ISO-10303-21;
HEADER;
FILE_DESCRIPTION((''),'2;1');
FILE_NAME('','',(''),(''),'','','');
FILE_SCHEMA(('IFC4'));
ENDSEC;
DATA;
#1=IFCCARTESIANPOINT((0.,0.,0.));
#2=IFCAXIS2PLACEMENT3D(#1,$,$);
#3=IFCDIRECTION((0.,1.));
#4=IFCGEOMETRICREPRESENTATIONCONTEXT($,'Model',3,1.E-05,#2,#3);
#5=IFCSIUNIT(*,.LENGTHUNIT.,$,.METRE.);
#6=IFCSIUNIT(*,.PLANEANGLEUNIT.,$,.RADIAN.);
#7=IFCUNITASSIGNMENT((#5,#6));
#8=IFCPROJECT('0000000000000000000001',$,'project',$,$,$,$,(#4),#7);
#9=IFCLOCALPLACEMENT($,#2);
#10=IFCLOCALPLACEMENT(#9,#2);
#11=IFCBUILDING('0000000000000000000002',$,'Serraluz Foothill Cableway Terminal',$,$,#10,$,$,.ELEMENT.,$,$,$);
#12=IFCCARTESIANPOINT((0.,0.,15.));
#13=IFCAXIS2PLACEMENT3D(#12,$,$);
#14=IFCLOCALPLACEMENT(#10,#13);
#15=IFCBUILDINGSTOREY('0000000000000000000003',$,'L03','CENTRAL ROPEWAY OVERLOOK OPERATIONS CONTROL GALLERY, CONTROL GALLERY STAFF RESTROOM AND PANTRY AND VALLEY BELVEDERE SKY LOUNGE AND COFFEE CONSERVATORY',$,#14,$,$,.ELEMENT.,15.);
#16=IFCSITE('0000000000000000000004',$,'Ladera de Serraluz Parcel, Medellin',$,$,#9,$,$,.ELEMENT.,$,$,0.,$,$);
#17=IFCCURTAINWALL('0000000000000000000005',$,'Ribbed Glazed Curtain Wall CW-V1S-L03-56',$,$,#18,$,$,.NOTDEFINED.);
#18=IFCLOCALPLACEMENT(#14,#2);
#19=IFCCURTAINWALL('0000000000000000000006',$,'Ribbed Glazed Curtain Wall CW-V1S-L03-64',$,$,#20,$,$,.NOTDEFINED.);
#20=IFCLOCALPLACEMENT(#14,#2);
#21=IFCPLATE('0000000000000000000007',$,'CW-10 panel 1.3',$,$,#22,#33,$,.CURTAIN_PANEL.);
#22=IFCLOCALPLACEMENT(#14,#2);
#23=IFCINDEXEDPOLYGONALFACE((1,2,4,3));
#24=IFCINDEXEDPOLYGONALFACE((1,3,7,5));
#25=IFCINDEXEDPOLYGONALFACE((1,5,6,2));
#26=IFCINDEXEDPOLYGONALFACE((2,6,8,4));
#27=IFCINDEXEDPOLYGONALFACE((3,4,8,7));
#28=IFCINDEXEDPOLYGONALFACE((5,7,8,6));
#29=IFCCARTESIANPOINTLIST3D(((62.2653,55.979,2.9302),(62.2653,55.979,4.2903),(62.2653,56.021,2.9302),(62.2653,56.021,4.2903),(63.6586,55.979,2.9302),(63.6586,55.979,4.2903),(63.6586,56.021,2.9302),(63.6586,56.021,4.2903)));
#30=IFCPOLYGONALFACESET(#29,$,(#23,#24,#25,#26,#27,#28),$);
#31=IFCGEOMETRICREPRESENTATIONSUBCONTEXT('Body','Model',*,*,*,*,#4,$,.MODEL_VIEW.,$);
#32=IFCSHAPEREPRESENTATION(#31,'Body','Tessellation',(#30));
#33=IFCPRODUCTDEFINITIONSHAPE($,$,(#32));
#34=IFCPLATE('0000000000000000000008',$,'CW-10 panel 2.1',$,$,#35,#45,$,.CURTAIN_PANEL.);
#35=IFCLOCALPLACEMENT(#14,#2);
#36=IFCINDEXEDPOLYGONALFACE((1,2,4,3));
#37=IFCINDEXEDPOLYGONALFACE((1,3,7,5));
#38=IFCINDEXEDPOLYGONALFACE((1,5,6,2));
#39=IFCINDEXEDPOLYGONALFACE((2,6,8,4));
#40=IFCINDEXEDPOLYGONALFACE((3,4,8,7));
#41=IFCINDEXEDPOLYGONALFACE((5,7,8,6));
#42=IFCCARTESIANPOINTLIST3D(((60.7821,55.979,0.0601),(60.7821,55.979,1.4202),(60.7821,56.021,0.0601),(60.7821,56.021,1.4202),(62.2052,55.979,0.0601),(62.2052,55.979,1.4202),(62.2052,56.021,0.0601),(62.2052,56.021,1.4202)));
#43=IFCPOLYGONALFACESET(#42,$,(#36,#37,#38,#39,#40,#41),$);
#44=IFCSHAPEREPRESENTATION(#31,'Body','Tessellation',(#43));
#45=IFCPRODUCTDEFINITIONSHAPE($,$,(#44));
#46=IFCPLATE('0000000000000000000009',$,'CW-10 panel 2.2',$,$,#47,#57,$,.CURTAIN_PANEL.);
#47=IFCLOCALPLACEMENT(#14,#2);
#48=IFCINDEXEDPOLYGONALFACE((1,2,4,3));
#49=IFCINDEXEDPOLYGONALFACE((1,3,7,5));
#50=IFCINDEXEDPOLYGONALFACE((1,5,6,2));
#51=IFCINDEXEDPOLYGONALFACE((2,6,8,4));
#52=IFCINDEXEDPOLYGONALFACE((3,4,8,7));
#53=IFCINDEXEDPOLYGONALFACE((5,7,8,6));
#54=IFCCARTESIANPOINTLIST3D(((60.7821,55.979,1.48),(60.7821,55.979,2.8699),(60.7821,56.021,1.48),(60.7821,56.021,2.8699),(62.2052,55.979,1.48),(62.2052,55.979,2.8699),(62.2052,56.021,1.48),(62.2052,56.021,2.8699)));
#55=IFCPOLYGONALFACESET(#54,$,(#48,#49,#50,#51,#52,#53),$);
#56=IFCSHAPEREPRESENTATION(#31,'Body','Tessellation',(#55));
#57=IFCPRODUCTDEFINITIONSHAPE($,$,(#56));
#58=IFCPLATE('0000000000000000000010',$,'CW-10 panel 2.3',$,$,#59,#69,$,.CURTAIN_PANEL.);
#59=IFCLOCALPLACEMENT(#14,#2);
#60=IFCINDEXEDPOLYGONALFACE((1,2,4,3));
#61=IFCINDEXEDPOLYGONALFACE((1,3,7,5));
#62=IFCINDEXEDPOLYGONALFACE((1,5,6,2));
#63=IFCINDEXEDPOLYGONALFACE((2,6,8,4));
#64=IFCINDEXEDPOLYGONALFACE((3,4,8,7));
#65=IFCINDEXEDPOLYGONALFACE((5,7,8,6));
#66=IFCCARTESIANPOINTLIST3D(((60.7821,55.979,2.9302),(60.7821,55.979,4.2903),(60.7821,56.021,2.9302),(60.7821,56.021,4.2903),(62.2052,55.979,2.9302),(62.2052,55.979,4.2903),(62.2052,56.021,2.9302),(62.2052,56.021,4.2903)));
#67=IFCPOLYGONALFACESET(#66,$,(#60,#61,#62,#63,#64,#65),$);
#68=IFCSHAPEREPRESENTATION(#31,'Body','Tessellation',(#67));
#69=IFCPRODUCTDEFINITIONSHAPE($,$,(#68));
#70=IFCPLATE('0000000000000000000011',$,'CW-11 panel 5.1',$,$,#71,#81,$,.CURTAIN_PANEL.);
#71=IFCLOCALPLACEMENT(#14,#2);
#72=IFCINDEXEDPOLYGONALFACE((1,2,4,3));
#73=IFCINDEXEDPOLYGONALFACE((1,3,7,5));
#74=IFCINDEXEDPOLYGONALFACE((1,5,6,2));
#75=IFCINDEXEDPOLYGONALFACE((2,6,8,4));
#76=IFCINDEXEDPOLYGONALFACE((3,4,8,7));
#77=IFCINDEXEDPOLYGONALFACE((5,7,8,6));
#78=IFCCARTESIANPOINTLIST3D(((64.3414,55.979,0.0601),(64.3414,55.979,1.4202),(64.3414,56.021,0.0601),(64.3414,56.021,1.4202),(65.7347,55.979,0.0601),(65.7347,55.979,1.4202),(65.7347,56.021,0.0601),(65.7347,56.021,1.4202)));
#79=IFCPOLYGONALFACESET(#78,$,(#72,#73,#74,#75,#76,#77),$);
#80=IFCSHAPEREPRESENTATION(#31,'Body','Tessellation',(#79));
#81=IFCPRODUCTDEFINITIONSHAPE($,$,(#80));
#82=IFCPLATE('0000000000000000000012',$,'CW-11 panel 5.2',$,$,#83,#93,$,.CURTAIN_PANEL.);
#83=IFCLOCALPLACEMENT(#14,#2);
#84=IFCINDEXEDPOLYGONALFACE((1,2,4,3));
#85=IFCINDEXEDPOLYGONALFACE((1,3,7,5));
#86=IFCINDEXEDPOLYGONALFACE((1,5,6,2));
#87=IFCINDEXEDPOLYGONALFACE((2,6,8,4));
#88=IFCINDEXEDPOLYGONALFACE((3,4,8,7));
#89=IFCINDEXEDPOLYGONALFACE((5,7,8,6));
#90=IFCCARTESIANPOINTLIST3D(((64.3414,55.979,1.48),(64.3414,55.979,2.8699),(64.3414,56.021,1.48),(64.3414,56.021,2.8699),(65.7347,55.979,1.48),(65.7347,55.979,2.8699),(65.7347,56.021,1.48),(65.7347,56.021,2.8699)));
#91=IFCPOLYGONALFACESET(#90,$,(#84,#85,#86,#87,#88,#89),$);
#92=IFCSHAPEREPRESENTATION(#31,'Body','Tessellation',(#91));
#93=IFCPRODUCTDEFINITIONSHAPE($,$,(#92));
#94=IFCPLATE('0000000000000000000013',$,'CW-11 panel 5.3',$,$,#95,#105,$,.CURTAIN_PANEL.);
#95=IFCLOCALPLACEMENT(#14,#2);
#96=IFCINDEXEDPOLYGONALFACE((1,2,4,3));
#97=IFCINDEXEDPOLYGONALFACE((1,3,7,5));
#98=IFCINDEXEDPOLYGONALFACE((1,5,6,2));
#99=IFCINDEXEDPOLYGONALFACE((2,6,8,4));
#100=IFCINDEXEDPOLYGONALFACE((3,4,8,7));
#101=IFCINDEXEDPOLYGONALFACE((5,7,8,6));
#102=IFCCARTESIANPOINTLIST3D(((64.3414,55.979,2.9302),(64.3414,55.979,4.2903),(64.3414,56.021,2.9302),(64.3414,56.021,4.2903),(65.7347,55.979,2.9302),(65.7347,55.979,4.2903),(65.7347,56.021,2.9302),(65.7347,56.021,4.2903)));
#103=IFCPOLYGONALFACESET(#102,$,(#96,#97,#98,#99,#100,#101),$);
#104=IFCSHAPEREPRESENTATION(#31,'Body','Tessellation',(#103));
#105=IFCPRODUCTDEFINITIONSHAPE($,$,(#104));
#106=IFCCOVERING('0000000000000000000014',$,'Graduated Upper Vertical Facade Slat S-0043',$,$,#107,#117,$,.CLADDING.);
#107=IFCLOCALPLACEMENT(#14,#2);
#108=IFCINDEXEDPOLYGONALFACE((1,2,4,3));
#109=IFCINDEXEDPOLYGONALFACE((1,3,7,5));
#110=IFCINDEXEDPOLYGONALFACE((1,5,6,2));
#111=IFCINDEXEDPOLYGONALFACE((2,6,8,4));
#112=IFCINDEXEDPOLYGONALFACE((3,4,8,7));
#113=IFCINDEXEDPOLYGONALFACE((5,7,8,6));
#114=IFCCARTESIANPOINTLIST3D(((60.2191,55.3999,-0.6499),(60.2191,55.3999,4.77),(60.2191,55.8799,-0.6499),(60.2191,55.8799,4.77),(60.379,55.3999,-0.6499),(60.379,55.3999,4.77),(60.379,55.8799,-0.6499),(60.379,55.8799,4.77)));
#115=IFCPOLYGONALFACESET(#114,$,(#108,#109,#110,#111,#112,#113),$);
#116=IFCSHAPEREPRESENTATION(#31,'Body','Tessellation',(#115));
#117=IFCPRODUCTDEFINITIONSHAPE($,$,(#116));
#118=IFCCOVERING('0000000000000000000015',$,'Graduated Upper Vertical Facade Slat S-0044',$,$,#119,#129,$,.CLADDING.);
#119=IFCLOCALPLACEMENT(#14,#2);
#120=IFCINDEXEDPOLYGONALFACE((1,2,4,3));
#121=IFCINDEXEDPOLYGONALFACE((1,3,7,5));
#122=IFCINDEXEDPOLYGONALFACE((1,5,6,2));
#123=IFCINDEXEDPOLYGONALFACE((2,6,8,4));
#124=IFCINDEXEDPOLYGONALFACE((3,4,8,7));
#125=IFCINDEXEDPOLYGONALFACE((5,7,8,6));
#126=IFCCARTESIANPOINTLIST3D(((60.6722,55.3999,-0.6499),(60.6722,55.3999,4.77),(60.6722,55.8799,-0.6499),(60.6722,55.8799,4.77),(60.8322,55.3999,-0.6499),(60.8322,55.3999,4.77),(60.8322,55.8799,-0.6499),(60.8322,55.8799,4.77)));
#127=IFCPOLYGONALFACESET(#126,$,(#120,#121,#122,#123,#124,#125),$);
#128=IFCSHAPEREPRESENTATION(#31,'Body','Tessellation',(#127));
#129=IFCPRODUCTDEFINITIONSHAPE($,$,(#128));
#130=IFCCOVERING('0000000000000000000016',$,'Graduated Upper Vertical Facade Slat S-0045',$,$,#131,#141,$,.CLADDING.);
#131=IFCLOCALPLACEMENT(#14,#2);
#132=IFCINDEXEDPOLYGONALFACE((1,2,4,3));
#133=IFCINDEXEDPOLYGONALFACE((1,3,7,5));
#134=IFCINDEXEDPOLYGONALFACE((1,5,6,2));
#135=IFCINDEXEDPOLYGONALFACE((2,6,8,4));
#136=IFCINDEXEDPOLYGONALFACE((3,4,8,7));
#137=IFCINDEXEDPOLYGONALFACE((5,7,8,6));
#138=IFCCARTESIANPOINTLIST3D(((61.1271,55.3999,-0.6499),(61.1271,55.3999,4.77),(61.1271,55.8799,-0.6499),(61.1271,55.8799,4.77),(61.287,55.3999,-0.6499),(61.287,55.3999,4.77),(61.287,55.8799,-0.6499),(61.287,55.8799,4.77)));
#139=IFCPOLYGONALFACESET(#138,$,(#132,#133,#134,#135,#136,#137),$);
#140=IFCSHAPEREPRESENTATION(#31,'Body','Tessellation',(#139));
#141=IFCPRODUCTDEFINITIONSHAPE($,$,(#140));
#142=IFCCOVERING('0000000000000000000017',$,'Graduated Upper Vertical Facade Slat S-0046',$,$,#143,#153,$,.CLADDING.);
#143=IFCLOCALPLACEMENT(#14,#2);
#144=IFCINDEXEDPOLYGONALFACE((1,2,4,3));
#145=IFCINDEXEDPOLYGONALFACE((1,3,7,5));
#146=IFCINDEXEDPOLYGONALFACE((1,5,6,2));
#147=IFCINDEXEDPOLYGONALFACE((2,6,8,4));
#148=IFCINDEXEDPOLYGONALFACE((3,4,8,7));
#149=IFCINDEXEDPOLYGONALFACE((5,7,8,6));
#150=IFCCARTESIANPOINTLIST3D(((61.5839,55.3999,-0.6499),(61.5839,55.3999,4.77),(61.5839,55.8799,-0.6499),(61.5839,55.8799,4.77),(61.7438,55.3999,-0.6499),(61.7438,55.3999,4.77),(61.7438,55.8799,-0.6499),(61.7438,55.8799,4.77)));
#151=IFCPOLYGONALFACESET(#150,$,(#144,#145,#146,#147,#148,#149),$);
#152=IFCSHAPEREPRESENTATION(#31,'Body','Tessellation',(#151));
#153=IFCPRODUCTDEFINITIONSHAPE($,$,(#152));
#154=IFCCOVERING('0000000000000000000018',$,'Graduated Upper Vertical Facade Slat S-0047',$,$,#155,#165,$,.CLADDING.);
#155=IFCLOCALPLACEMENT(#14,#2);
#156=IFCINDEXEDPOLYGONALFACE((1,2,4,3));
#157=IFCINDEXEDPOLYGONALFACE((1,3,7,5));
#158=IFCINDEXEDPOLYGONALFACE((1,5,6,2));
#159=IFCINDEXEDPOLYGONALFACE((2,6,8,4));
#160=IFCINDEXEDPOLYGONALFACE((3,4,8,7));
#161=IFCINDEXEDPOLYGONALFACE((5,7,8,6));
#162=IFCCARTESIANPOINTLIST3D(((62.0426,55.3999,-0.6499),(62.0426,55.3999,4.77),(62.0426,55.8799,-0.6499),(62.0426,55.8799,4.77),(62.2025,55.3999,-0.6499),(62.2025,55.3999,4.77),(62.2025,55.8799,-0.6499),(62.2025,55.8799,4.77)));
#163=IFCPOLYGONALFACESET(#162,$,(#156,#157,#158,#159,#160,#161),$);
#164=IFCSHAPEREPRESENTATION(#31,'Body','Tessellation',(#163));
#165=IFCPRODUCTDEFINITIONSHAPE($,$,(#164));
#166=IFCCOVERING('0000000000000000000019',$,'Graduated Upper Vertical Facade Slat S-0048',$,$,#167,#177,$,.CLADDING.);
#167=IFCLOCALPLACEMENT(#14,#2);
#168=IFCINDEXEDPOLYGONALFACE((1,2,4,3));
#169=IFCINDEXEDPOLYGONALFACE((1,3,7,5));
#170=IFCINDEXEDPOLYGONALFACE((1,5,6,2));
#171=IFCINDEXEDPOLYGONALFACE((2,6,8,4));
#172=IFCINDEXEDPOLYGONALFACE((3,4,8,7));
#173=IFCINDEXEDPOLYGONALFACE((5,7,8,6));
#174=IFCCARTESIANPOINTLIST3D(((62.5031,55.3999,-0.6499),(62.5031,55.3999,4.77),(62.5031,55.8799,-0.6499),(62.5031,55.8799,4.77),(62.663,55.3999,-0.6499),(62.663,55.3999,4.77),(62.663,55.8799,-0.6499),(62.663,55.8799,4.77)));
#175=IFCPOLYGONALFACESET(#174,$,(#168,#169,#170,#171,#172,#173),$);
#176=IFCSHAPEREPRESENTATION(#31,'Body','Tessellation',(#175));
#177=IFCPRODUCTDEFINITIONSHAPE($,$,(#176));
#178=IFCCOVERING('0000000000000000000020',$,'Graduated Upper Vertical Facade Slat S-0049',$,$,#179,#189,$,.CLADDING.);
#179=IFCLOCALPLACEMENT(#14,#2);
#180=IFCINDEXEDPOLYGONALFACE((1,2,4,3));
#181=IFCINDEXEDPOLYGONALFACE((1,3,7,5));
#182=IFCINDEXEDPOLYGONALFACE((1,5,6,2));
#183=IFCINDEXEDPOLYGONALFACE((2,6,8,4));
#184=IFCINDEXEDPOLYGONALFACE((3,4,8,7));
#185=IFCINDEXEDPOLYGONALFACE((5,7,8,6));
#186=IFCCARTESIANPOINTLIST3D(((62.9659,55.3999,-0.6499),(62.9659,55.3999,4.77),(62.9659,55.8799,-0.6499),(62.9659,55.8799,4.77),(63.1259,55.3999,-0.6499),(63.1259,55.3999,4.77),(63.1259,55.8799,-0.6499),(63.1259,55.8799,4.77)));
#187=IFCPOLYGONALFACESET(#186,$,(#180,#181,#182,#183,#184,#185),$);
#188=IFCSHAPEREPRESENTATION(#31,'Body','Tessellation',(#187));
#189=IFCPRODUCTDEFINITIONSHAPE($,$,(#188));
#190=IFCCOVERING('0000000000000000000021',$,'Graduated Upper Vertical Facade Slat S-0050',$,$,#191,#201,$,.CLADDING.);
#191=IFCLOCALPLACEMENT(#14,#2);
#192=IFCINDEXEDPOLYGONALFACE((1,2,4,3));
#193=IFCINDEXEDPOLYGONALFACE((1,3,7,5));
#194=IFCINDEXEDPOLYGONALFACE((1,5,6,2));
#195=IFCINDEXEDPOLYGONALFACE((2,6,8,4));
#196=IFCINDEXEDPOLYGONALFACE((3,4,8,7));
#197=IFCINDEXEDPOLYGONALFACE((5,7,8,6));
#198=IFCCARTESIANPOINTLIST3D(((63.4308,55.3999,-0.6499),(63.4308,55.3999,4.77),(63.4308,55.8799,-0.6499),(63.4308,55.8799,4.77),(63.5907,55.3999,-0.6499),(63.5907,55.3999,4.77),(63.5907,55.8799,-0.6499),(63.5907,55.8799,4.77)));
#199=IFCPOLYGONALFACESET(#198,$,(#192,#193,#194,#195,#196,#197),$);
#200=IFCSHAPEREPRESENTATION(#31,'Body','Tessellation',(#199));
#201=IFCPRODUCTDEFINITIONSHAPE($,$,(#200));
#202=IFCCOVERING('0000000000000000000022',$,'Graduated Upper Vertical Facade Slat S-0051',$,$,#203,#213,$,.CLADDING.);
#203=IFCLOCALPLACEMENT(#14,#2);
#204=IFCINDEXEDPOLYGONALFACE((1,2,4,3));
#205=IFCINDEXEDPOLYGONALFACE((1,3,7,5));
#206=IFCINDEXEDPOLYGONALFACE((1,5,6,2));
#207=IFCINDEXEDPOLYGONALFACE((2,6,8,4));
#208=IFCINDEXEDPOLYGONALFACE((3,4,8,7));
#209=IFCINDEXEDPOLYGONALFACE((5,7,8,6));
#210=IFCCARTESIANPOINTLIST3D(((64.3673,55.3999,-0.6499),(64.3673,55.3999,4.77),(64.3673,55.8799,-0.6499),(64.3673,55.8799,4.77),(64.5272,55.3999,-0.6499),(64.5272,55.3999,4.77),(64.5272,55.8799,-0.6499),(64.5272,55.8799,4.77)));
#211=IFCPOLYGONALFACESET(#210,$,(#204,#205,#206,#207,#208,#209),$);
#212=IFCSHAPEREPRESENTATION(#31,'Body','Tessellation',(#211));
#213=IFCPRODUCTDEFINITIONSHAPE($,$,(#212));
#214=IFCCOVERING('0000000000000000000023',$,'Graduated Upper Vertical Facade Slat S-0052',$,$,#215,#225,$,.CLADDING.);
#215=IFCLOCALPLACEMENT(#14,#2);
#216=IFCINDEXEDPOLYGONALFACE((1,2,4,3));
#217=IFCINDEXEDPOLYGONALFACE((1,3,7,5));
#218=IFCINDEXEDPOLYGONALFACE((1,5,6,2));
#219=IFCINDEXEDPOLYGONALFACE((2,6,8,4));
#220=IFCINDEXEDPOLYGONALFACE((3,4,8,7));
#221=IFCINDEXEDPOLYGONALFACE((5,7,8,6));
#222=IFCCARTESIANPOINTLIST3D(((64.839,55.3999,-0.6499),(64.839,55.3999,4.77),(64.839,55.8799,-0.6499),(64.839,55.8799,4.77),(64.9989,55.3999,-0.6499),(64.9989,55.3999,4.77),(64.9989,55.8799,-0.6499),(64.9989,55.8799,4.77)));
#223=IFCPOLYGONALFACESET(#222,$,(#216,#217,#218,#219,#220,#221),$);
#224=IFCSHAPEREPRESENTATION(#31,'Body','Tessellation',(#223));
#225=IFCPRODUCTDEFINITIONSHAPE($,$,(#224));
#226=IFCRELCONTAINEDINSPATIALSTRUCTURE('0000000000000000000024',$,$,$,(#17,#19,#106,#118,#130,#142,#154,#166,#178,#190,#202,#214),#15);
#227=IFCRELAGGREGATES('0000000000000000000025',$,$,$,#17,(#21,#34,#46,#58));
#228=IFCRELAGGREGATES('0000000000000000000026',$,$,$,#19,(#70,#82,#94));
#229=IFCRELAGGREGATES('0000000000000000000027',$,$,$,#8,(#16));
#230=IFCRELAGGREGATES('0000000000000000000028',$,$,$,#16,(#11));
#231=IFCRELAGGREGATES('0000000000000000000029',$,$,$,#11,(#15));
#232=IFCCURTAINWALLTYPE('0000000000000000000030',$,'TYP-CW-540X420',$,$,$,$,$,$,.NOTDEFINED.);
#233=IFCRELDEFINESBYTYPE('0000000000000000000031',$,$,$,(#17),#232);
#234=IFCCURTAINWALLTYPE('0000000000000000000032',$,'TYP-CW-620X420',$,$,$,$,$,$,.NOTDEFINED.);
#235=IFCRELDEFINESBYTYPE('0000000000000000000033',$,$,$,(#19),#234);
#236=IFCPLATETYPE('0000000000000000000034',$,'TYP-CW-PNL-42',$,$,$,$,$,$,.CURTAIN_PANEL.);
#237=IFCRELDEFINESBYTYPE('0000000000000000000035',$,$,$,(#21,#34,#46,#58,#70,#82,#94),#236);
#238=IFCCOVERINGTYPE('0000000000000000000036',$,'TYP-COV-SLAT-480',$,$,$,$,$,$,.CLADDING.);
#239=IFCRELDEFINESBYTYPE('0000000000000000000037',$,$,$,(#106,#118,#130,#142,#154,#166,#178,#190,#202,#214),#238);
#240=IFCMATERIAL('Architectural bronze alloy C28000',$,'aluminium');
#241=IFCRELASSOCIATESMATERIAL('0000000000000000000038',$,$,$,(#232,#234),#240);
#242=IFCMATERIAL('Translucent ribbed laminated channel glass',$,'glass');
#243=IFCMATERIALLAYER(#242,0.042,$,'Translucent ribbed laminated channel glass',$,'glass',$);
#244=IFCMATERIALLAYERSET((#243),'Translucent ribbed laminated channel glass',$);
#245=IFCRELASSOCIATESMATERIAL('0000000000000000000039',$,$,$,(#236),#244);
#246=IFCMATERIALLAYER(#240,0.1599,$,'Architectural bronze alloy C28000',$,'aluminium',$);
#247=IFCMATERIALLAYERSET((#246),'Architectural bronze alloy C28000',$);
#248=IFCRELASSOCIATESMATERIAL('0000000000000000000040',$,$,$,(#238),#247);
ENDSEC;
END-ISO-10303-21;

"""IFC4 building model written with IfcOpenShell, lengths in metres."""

from ifc_helpers import new_model, si_unit, direction, frame, origin, origin_2d, place, context, subcontext, project, spatial, rectangle, extrude, material, layer, layer_set, type_object, element, aggregate, save


model = new_model("IFC4")

# Units and contexts
model_context = context("Model", 3, precision=1e-05, world=origin(), true_north=direction((0.0, 1.0)))
body_context = subcontext(model_context, "Body", "Model", "MODEL_VIEW")
ifc_project = project(units=[si_unit("LENGTHUNIT", "METRE"), si_unit("PLANEANGLEUNIT", "RADIAN")], contexts=[model_context])

# Site, building, storey
site_placement = place(None, origin())
site = spatial("IfcSite", under=ifc_project, at=site_placement, Name="Ladera de Serraluz Parcel, Medellin", CompositionType="ELEMENT", RefElevation=0.0)
building_placement = place(site_placement, origin())
building = spatial("IfcBuilding", under=site, at=building_placement, Name="Serraluz Foothill Cableway Terminal", CompositionType="ELEMENT")
storey_placement = place(building_placement, frame((0.0, 0.0, 15.0)))
storey = spatial("IfcBuildingStorey", under=building, at=storey_placement, Name="L03", Description="CENTRAL ROPEWAY OVERLOOK OPERATIONS CONTROL GALLERY, CONTROL GALLERY STAFF RESTROOM AND PANTRY AND VALLEY BELVEDERE SKY LOUNGE AND COFFEE CONSERVATORY", CompositionType="ELEMENT", Elevation=15.0)

# Curtain wall
ifc_material_1 = material(Name="Architectural bronze alloy C28000", Category="aluminium")
curtain_wall_type_1 = type_object("IfcCurtainWallType", Name="TYP-CW-540X420", PredefinedType="NOTDEFINED", material=ifc_material_1)
curtain_wall_1_placement = place(storey_placement, origin())
curtain_wall_1 = element("IfcCurtainWall", 1, at=curtain_wall_1_placement, inside=storey, type_object=curtain_wall_type_1, Name="Ribbed Glazed Curtain Wall CW-V1S-L03-56", PredefinedType="NOTDEFINED")

# Curtain wall
curtain_wall_type_2 = type_object("IfcCurtainWallType", Name="TYP-CW-620X420", PredefinedType="NOTDEFINED", material=ifc_material_1)
curtain_wall_2_placement = place(storey_placement, origin())
curtain_wall_2 = element("IfcCurtainWall", 2, at=curtain_wall_2_placement, inside=storey, type_object=curtain_wall_type_2, Name="Ribbed Glazed Curtain Wall CW-V1S-L03-64", PredefinedType="NOTDEFINED")

# Plates
ifc_material_2 = material(Name="Translucent ribbed laminated channel glass", Category="glass")
ifc_layer_1 = layer(ifc_material_2, 0.042, Name="Translucent ribbed laminated channel glass", Category="glass")
ifc_layer_set_1 = layer_set([ifc_layer_1], Name="Translucent ribbed laminated channel glass")
plate_type = type_object("IfcPlateType", Name="TYP-CW-PNL-42", PredefinedType="CURTAIN_PANEL", material=ifc_layer_set_1)
plate_1_placement = place(storey_placement, frame((62.9619, 56.0, 2.9302), z_axis=(0.0, 0.0, 1.0), x_axis=(-1.0, 0.0, 0.0)))
plate_1 = element("IfcPlate", 3, at=plate_1_placement, type_object=plate_type, Name="CW-10 panel 1.3", PredefinedType="CURTAIN_PANEL", context=body_context, shape_type="SweptSolid", body=[
    extrude(rectangle(XDim=1.3933, YDim=0.042, at=origin_2d()), origin(), (0.0, 0.0, 1.0), 1.3601),
])
plate_2_placement = place(storey_placement, frame((61.4937, 56.0, 0.0601), z_axis=(0.0, 0.0, 1.0), x_axis=(-1.0, 0.0, 0.0)))
plate_2 = element("IfcPlate", 4, at=plate_2_placement, type_object=plate_type, Name="CW-10 panel 2.1", PredefinedType="CURTAIN_PANEL", context=body_context, shape_type="SweptSolid", body=[
    extrude(rectangle(XDim=1.4231, YDim=0.042, at=origin_2d()), origin(), (0.0, 0.0, 1.0), 1.3601),
])
plate_3_placement = place(storey_placement, frame((61.4937, 56.0, 1.48), z_axis=(0.0, 0.0, 1.0), x_axis=(-1.0, 0.0, 0.0)))
plate_3 = element("IfcPlate", 5, at=plate_3_placement, type_object=plate_type, Name="CW-10 panel 2.2", PredefinedType="CURTAIN_PANEL", context=body_context, shape_type="SweptSolid", body=[
    extrude(rectangle(XDim=1.4231, YDim=0.042, at=origin_2d()), origin(), (0.0, 0.0, 1.0), 1.3899),
])
plate_4_placement = place(storey_placement, frame((61.4937, 56.0, 2.9302), z_axis=(0.0, 0.0, 1.0), x_axis=(-1.0, 0.0, 0.0)))
plate_4 = element("IfcPlate", 6, at=plate_4_placement, type_object=plate_type, Name="CW-10 panel 2.3", PredefinedType="CURTAIN_PANEL", context=body_context, shape_type="SweptSolid", body=[
    extrude(rectangle(XDim=1.4231, YDim=0.042, at=origin_2d()), origin(), (0.0, 0.0, 1.0), 1.3601),
])
aggregate(curtain_wall_1, [plate_1, plate_2, plate_3, plate_4])
plate_5_placement = place(storey_placement, frame((65.0381, 56.0, 0.0601), z_axis=(0.0, 0.0, 1.0), x_axis=(-1.0, 0.0, 0.0)))
plate_5 = element("IfcPlate", 7, at=plate_5_placement, type_object=plate_type, Name="CW-11 panel 5.1", PredefinedType="CURTAIN_PANEL", context=body_context, shape_type="SweptSolid", body=[
    extrude(rectangle(XDim=1.3933, YDim=0.042, at=origin_2d()), origin(), (0.0, 0.0, 1.0), 1.3601),
])
plate_6_placement = place(storey_placement, frame((65.0381, 56.0, 1.48), z_axis=(0.0, 0.0, 1.0), x_axis=(-1.0, 0.0, 0.0)))
plate_6 = element("IfcPlate", 8, at=plate_6_placement, type_object=plate_type, Name="CW-11 panel 5.2", PredefinedType="CURTAIN_PANEL", context=body_context, shape_type="SweptSolid", body=[
    extrude(rectangle(XDim=1.3933, YDim=0.042, at=origin_2d()), origin(), (0.0, 0.0, 1.0), 1.3899),
])
plate_7_placement = place(storey_placement, frame((65.0381, 56.0, 2.9302), z_axis=(0.0, 0.0, 1.0), x_axis=(-1.0, 0.0, 0.0)))
plate_7 = element("IfcPlate", 9, at=plate_7_placement, type_object=plate_type, Name="CW-11 panel 5.3", PredefinedType="CURTAIN_PANEL", context=body_context, shape_type="SweptSolid", body=[
    extrude(rectangle(XDim=1.3933, YDim=0.042, at=origin_2d()), origin(), (0.0, 0.0, 1.0), 1.3601),
])
aggregate(curtain_wall_2, [plate_5, plate_6, plate_7])

# Coverings
ifc_layer_2 = layer(ifc_material_1, 0.1599, Name="Architectural bronze alloy C28000", Category="aluminium")
ifc_layer_set_2 = layer_set([ifc_layer_2], Name="Architectural bronze alloy C28000")
covering_type = type_object("IfcCoveringType", Name="TYP-COV-SLAT-480", PredefinedType="CLADDING", material=ifc_layer_set_2)
for number, where, z_axis, x_axis, name in (
    (10, (60.2991, 55.6399, -0.6499), (0.0, 0.0, 1.0), (1.0, 0.0, 0.0), "Graduated Upper Vertical Facade Slat S-0043"),
    (11, (60.7522, 55.6399, -0.6499), (0.0, 0.0, 1.0), (1.0, 0.0, 0.0), "Graduated Upper Vertical Facade Slat S-0044"),
    (12, (61.207, 55.6399, -0.6499), (0.0, 0.0, 1.0), (1.0, 0.0, 0.0), "Graduated Upper Vertical Facade Slat S-0045"),
    (13, (61.6638, 55.6399, -0.6499), (0.0, 0.0, 1.0), (1.0, 0.0, 0.0), "Graduated Upper Vertical Facade Slat S-0046"),
    (14, (62.1226, 55.6399, -0.6499), (0.0, 0.0, 1.0), (1.0, 0.0, 0.0), "Graduated Upper Vertical Facade Slat S-0047"),
    (15, (62.583, 55.6399, -0.6499), (0.0, 0.0, 1.0), (1.0, 0.0, 0.0), "Graduated Upper Vertical Facade Slat S-0048"),
    (16, (63.0459, 55.6399, -0.6499), (0.0, 0.0, 1.0), (1.0, 0.0, 0.0), "Graduated Upper Vertical Facade Slat S-0049"),
    (17, (63.5107, 55.6399, -0.6499), (0.0, 0.0, 1.0), (1.0, 0.0, 0.0), "Graduated Upper Vertical Facade Slat S-0050"),
    (18, (64.4473, 55.6399, -0.6499), (0.0, 0.0, 1.0), (1.0, 0.0, 0.0), "Graduated Upper Vertical Facade Slat S-0051"),
    (19, (64.9189, 55.6399, -0.6499), (0.0, 0.0, 1.0), (1.0, 0.0, 0.0), "Graduated Upper Vertical Facade Slat S-0052"),
):
    element("IfcCovering", number, at=place(storey_placement, frame(where, z_axis=z_axis, x_axis=x_axis)), inside=storey, type_object=covering_type, Name=name, PredefinedType="CLADDING", context=body_context, shape_type="SweptSolid", body=[
        extrude(rectangle(XDim=0.1599, YDim=0.48, at=origin_2d()), origin(), (0.0, 0.0, 1.0), 5.4199),
    ])

save(model, "model.ifc")
